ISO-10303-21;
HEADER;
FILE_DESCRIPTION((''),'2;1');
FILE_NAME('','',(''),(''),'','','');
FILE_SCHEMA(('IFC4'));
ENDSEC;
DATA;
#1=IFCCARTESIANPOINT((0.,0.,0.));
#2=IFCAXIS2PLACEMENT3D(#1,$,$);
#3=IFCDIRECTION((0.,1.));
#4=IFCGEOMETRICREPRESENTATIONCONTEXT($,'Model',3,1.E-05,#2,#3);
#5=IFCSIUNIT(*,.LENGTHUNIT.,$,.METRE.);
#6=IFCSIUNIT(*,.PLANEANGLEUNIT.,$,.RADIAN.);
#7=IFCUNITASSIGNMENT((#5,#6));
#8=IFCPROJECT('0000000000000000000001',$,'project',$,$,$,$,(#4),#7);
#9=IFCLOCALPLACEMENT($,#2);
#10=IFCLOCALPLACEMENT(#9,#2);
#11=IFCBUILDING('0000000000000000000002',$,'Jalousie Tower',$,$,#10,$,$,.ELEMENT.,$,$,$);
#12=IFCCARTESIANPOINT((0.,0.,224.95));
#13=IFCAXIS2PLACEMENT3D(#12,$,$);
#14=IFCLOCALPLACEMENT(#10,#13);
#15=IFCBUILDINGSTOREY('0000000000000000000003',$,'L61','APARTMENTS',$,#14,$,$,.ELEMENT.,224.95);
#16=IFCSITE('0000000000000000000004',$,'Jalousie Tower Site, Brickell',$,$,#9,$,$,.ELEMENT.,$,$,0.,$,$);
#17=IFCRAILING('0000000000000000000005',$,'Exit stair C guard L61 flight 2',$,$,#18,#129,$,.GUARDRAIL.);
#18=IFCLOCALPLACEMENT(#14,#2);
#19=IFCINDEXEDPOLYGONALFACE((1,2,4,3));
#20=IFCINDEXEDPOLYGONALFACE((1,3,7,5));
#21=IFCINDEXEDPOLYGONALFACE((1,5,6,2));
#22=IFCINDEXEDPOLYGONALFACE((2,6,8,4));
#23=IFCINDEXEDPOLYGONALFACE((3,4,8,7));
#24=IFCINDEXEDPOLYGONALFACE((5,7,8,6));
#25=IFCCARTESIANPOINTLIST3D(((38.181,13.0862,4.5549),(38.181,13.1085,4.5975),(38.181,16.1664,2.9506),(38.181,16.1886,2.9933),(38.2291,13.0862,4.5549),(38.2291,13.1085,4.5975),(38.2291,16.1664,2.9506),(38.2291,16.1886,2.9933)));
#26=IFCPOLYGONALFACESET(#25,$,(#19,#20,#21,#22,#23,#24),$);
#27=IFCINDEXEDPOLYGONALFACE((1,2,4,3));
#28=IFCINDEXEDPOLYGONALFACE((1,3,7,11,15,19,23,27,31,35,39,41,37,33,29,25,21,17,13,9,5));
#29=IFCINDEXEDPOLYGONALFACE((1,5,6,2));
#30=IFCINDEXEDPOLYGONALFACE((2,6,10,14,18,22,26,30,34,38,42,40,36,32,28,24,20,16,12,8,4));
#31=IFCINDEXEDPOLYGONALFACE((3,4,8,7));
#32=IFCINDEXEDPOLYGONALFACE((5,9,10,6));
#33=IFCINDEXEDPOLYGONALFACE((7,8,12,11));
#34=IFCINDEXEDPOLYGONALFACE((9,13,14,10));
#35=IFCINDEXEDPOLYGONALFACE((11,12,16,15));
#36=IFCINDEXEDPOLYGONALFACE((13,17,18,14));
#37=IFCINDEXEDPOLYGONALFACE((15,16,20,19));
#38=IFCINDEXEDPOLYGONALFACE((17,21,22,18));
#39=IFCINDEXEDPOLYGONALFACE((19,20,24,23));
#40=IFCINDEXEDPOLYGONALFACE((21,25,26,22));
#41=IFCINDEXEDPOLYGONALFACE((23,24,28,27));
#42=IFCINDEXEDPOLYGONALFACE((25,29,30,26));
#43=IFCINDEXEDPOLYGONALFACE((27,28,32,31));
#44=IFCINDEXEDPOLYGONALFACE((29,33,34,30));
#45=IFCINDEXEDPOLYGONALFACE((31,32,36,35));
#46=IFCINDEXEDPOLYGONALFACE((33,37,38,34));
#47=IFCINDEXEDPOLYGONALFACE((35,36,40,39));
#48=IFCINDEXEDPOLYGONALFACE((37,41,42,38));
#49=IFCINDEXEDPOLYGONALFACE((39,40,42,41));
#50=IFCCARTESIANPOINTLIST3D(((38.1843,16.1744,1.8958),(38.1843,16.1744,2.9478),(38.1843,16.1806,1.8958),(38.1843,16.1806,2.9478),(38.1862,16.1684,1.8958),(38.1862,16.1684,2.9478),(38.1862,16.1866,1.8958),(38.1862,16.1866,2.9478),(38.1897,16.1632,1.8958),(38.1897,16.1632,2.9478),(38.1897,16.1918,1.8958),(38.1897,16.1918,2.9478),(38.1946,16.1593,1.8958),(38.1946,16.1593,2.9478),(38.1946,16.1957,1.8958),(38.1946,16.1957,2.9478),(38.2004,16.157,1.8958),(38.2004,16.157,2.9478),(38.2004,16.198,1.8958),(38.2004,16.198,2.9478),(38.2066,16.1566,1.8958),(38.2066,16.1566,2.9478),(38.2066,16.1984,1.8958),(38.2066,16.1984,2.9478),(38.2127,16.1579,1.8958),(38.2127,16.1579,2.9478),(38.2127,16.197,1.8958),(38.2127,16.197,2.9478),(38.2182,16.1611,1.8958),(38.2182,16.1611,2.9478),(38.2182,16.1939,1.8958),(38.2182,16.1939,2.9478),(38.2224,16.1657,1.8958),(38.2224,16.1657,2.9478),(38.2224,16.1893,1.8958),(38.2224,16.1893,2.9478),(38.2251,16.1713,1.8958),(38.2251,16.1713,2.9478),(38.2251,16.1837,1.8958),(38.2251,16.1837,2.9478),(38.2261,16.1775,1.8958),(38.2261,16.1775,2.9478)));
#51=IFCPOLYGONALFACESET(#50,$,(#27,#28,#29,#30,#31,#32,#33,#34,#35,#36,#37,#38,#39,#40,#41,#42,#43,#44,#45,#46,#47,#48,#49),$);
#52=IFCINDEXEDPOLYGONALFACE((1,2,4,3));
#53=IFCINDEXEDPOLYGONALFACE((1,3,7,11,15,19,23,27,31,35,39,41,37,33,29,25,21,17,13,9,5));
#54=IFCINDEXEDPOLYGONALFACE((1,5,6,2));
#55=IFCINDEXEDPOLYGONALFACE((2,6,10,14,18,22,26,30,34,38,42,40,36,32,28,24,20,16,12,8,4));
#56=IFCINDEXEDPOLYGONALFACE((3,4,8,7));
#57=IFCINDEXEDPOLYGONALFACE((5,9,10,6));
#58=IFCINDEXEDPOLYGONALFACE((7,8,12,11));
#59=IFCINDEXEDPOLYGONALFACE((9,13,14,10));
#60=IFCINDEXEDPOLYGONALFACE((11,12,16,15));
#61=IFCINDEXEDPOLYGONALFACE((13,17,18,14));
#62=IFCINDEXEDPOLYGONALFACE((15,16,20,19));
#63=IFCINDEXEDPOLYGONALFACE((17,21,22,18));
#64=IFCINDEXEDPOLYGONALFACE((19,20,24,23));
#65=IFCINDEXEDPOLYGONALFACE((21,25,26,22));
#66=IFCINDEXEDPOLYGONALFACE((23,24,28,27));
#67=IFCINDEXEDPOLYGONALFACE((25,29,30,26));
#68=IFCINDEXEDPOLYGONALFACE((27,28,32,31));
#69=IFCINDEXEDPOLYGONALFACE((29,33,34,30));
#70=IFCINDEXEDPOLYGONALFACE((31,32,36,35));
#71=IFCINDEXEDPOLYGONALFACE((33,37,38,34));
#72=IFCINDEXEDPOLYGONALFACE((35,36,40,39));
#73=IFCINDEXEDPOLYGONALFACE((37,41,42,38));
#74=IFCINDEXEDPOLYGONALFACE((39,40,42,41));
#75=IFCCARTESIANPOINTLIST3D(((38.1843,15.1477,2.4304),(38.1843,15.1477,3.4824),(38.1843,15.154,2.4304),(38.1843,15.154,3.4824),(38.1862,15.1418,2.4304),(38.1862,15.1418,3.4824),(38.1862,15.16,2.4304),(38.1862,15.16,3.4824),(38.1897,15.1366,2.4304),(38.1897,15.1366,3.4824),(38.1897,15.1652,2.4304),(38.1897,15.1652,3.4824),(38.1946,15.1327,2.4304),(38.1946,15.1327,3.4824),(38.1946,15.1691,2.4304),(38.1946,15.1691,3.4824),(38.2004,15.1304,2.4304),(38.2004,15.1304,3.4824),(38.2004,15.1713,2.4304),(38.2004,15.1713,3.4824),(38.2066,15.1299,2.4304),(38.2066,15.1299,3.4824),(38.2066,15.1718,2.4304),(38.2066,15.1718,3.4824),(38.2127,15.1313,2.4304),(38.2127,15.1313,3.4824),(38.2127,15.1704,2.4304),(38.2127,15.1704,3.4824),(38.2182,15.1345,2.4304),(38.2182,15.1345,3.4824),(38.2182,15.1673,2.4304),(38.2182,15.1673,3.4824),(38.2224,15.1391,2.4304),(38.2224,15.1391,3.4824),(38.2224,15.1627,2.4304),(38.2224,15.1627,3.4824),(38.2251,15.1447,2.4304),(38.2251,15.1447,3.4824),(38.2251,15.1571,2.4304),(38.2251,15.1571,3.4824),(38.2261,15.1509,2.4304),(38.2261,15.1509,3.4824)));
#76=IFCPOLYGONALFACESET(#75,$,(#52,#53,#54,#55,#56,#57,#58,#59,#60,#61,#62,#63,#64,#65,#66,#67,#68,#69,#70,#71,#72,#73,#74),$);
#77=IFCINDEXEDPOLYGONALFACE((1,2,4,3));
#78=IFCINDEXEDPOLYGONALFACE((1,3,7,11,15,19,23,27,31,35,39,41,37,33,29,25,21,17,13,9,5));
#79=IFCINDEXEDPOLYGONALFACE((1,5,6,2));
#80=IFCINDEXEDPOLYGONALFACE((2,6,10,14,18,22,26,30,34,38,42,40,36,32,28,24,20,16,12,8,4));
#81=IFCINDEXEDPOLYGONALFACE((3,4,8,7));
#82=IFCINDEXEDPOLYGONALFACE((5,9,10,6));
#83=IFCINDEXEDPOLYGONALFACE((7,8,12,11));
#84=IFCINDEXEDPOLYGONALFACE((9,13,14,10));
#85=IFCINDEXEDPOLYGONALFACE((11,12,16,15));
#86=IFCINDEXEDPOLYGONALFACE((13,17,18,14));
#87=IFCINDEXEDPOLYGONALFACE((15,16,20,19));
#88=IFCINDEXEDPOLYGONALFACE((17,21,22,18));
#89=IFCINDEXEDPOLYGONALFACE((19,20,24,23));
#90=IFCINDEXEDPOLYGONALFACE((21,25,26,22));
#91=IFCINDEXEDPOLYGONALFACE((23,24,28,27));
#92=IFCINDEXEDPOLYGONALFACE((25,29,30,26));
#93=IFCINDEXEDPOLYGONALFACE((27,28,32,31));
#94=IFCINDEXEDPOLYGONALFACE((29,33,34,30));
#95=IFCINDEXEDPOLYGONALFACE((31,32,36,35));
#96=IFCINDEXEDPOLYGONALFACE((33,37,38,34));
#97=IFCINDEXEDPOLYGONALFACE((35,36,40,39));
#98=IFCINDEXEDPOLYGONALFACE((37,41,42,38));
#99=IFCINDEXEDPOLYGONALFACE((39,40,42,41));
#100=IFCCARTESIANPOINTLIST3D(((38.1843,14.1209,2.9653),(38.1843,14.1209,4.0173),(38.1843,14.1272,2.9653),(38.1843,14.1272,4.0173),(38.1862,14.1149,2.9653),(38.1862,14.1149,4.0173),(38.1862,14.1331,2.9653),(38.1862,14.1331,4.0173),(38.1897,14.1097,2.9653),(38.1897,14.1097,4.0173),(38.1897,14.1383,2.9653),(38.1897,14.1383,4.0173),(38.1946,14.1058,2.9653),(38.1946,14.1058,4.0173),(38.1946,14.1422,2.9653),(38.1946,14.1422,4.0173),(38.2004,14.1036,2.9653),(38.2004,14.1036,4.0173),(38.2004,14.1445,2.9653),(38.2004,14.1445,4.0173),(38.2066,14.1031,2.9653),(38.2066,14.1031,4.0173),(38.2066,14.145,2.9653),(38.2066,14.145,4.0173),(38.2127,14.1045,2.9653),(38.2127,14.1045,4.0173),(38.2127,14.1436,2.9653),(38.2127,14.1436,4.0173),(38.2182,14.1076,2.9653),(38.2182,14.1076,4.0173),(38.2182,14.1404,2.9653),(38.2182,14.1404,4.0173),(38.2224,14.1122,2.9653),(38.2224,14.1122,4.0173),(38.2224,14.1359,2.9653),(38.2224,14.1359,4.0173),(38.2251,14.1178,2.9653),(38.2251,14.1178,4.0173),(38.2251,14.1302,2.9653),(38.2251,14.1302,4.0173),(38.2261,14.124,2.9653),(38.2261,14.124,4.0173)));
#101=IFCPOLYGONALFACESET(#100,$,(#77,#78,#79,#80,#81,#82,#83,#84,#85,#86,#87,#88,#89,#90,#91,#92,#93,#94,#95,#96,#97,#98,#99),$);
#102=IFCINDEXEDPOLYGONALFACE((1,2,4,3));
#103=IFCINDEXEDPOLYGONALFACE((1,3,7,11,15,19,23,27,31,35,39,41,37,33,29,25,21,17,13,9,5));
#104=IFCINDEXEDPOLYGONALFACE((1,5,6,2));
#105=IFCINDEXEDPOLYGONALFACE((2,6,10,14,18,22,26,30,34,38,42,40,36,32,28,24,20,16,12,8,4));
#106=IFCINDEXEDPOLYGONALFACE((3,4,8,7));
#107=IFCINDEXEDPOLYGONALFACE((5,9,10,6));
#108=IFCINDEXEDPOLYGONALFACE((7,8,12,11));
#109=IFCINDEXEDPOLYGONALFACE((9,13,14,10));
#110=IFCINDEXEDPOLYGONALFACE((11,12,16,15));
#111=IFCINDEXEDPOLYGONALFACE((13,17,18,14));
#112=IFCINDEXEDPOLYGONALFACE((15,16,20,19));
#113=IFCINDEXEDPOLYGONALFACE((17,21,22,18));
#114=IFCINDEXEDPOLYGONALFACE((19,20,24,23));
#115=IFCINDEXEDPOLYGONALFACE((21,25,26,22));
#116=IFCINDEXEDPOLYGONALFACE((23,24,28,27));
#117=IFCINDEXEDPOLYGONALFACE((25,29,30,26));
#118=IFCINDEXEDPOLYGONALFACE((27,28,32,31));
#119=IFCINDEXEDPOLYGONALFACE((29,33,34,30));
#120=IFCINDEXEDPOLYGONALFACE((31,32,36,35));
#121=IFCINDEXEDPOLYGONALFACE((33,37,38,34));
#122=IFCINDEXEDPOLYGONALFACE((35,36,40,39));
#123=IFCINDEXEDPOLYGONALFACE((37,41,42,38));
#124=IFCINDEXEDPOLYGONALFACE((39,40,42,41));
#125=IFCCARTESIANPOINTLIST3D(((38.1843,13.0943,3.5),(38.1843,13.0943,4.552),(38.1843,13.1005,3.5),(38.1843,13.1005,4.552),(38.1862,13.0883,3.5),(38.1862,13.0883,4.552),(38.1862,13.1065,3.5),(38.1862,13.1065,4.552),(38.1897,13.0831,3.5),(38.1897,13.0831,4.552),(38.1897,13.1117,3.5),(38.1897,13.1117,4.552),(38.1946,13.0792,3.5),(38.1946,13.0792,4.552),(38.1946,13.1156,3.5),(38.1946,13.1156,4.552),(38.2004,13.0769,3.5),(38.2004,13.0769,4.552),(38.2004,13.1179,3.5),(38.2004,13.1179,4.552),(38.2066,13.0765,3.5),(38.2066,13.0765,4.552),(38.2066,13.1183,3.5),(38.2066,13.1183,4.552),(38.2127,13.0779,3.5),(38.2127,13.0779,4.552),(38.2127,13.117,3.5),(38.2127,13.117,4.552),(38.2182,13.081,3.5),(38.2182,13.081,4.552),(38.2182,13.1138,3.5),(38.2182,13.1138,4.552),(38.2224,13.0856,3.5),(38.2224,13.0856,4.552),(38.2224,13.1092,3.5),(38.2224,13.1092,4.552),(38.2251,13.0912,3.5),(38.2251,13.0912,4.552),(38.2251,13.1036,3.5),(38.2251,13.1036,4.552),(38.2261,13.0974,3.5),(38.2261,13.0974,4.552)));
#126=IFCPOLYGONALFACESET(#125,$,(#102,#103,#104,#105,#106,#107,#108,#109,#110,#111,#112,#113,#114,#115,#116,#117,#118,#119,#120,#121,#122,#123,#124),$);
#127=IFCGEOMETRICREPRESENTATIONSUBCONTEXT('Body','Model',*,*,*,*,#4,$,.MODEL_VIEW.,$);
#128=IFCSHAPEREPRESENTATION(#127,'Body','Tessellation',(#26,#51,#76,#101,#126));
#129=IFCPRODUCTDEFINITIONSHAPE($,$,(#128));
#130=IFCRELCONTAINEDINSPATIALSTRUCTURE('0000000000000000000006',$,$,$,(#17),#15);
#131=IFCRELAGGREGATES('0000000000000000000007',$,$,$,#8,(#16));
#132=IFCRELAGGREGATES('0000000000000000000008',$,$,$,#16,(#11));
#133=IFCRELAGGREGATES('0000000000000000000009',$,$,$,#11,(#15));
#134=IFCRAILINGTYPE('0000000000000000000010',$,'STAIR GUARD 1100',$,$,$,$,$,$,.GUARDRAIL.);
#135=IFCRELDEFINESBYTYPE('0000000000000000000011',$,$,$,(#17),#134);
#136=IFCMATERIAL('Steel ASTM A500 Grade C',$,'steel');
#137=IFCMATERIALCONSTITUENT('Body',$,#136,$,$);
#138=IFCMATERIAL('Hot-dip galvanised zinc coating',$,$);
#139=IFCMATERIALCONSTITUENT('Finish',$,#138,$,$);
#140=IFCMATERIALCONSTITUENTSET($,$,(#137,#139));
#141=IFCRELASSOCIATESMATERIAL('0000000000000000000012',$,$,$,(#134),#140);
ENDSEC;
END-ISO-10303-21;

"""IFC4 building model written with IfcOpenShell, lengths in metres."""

from ifc_helpers import new_model, si_unit, direction, frame, origin, origin_2d, place, context, subcontext, project, spatial, rectangle, circle, extrude, material, constituent, constituent_set, type_object, element, save


model = new_model("IFC4")

# Units and contexts
model_context = context("Model", 3, precision=1e-05, world=origin(), true_north=direction((0.0, 1.0)))
body_context = subcontext(model_context, "Body", "Model", "MODEL_VIEW")
ifc_project = project(units=[si_unit("LENGTHUNIT", "METRE"), si_unit("PLANEANGLEUNIT", "RADIAN")], contexts=[model_context])

# Site, building, storey
site_placement = place(None, origin())
site = spatial("IfcSite", under=ifc_project, at=site_placement, Name="Jalousie Tower Site, Brickell", CompositionType="ELEMENT", RefElevation=0.0)
building_placement = place(site_placement, origin())
building = spatial("IfcBuilding", under=site, at=building_placement, Name="Jalousie Tower", CompositionType="ELEMENT")
storey_placement = place(building_placement, frame((0.0, 0.0, 224.95)))
storey = spatial("IfcBuildingStorey", under=building, at=storey_placement, Name="L61", Description="APARTMENTS", CompositionType="ELEMENT", Elevation=224.95)

# Railing
ifc_material_1 = material(Name="Steel ASTM A500 Grade C", Category="steel")
ifc_constituent_1 = constituent(ifc_material_1, Name="Body")
ifc_material_2 = material(Name="Hot-dip galvanised zinc coating")
ifc_constituent_2 = constituent(ifc_material_2, Name="Finish")
ifc_constituent_set_1 = constituent_set(constituents=[ifc_constituent_1, ifc_constituent_2])
railing_type_1 = type_object("IfcRailingType", Name="STAIR GUARD 1100", PredefinedType="GUARDRAIL", material=ifc_constituent_set_1)
railing_1_placement = place(storey_placement, frame((38.2051, 16.1775, 1.8958)))
element("IfcRailing", 1, at=railing_1_placement, inside=storey, type_object=railing_type_1, Name="Exit stair C guard L61 flight 2", PredefinedType="GUARDRAIL", context=body_context, shape_type="SweptSolid", body=[
    extrude(rectangle(XDim=0.0481, YDim=0.0481, at=origin_2d()), frame((0.0, 0.0, 1.0762), z_axis=(0.0, -0.886909, 0.461944), x_axis=(1.0, 0.0, 0.0)), (0.0, 0.0, 1.0), 3.4729),
    extrude(circle(Radius=0.021, at=origin_2d()), origin(), (0.0, 0.0, 1.0), 1.052),
    extrude(circle(Radius=0.021, at=origin_2d()), frame((0.0, -1.0266, 0.5347)), (0.0, 0.0, 1.0), 1.052),
    extrude(circle(Radius=0.021, at=origin_2d()), frame((0.0, -2.0535, 1.0696)), (0.0, 0.0, 1.0), 1.052),
    extrude(circle(Radius=0.021, at=origin_2d()), frame((0.0, -3.0801, 1.6042)), (0.0, 0.0, 1.0), 1.052),
])

save(model, "model.ifc")
